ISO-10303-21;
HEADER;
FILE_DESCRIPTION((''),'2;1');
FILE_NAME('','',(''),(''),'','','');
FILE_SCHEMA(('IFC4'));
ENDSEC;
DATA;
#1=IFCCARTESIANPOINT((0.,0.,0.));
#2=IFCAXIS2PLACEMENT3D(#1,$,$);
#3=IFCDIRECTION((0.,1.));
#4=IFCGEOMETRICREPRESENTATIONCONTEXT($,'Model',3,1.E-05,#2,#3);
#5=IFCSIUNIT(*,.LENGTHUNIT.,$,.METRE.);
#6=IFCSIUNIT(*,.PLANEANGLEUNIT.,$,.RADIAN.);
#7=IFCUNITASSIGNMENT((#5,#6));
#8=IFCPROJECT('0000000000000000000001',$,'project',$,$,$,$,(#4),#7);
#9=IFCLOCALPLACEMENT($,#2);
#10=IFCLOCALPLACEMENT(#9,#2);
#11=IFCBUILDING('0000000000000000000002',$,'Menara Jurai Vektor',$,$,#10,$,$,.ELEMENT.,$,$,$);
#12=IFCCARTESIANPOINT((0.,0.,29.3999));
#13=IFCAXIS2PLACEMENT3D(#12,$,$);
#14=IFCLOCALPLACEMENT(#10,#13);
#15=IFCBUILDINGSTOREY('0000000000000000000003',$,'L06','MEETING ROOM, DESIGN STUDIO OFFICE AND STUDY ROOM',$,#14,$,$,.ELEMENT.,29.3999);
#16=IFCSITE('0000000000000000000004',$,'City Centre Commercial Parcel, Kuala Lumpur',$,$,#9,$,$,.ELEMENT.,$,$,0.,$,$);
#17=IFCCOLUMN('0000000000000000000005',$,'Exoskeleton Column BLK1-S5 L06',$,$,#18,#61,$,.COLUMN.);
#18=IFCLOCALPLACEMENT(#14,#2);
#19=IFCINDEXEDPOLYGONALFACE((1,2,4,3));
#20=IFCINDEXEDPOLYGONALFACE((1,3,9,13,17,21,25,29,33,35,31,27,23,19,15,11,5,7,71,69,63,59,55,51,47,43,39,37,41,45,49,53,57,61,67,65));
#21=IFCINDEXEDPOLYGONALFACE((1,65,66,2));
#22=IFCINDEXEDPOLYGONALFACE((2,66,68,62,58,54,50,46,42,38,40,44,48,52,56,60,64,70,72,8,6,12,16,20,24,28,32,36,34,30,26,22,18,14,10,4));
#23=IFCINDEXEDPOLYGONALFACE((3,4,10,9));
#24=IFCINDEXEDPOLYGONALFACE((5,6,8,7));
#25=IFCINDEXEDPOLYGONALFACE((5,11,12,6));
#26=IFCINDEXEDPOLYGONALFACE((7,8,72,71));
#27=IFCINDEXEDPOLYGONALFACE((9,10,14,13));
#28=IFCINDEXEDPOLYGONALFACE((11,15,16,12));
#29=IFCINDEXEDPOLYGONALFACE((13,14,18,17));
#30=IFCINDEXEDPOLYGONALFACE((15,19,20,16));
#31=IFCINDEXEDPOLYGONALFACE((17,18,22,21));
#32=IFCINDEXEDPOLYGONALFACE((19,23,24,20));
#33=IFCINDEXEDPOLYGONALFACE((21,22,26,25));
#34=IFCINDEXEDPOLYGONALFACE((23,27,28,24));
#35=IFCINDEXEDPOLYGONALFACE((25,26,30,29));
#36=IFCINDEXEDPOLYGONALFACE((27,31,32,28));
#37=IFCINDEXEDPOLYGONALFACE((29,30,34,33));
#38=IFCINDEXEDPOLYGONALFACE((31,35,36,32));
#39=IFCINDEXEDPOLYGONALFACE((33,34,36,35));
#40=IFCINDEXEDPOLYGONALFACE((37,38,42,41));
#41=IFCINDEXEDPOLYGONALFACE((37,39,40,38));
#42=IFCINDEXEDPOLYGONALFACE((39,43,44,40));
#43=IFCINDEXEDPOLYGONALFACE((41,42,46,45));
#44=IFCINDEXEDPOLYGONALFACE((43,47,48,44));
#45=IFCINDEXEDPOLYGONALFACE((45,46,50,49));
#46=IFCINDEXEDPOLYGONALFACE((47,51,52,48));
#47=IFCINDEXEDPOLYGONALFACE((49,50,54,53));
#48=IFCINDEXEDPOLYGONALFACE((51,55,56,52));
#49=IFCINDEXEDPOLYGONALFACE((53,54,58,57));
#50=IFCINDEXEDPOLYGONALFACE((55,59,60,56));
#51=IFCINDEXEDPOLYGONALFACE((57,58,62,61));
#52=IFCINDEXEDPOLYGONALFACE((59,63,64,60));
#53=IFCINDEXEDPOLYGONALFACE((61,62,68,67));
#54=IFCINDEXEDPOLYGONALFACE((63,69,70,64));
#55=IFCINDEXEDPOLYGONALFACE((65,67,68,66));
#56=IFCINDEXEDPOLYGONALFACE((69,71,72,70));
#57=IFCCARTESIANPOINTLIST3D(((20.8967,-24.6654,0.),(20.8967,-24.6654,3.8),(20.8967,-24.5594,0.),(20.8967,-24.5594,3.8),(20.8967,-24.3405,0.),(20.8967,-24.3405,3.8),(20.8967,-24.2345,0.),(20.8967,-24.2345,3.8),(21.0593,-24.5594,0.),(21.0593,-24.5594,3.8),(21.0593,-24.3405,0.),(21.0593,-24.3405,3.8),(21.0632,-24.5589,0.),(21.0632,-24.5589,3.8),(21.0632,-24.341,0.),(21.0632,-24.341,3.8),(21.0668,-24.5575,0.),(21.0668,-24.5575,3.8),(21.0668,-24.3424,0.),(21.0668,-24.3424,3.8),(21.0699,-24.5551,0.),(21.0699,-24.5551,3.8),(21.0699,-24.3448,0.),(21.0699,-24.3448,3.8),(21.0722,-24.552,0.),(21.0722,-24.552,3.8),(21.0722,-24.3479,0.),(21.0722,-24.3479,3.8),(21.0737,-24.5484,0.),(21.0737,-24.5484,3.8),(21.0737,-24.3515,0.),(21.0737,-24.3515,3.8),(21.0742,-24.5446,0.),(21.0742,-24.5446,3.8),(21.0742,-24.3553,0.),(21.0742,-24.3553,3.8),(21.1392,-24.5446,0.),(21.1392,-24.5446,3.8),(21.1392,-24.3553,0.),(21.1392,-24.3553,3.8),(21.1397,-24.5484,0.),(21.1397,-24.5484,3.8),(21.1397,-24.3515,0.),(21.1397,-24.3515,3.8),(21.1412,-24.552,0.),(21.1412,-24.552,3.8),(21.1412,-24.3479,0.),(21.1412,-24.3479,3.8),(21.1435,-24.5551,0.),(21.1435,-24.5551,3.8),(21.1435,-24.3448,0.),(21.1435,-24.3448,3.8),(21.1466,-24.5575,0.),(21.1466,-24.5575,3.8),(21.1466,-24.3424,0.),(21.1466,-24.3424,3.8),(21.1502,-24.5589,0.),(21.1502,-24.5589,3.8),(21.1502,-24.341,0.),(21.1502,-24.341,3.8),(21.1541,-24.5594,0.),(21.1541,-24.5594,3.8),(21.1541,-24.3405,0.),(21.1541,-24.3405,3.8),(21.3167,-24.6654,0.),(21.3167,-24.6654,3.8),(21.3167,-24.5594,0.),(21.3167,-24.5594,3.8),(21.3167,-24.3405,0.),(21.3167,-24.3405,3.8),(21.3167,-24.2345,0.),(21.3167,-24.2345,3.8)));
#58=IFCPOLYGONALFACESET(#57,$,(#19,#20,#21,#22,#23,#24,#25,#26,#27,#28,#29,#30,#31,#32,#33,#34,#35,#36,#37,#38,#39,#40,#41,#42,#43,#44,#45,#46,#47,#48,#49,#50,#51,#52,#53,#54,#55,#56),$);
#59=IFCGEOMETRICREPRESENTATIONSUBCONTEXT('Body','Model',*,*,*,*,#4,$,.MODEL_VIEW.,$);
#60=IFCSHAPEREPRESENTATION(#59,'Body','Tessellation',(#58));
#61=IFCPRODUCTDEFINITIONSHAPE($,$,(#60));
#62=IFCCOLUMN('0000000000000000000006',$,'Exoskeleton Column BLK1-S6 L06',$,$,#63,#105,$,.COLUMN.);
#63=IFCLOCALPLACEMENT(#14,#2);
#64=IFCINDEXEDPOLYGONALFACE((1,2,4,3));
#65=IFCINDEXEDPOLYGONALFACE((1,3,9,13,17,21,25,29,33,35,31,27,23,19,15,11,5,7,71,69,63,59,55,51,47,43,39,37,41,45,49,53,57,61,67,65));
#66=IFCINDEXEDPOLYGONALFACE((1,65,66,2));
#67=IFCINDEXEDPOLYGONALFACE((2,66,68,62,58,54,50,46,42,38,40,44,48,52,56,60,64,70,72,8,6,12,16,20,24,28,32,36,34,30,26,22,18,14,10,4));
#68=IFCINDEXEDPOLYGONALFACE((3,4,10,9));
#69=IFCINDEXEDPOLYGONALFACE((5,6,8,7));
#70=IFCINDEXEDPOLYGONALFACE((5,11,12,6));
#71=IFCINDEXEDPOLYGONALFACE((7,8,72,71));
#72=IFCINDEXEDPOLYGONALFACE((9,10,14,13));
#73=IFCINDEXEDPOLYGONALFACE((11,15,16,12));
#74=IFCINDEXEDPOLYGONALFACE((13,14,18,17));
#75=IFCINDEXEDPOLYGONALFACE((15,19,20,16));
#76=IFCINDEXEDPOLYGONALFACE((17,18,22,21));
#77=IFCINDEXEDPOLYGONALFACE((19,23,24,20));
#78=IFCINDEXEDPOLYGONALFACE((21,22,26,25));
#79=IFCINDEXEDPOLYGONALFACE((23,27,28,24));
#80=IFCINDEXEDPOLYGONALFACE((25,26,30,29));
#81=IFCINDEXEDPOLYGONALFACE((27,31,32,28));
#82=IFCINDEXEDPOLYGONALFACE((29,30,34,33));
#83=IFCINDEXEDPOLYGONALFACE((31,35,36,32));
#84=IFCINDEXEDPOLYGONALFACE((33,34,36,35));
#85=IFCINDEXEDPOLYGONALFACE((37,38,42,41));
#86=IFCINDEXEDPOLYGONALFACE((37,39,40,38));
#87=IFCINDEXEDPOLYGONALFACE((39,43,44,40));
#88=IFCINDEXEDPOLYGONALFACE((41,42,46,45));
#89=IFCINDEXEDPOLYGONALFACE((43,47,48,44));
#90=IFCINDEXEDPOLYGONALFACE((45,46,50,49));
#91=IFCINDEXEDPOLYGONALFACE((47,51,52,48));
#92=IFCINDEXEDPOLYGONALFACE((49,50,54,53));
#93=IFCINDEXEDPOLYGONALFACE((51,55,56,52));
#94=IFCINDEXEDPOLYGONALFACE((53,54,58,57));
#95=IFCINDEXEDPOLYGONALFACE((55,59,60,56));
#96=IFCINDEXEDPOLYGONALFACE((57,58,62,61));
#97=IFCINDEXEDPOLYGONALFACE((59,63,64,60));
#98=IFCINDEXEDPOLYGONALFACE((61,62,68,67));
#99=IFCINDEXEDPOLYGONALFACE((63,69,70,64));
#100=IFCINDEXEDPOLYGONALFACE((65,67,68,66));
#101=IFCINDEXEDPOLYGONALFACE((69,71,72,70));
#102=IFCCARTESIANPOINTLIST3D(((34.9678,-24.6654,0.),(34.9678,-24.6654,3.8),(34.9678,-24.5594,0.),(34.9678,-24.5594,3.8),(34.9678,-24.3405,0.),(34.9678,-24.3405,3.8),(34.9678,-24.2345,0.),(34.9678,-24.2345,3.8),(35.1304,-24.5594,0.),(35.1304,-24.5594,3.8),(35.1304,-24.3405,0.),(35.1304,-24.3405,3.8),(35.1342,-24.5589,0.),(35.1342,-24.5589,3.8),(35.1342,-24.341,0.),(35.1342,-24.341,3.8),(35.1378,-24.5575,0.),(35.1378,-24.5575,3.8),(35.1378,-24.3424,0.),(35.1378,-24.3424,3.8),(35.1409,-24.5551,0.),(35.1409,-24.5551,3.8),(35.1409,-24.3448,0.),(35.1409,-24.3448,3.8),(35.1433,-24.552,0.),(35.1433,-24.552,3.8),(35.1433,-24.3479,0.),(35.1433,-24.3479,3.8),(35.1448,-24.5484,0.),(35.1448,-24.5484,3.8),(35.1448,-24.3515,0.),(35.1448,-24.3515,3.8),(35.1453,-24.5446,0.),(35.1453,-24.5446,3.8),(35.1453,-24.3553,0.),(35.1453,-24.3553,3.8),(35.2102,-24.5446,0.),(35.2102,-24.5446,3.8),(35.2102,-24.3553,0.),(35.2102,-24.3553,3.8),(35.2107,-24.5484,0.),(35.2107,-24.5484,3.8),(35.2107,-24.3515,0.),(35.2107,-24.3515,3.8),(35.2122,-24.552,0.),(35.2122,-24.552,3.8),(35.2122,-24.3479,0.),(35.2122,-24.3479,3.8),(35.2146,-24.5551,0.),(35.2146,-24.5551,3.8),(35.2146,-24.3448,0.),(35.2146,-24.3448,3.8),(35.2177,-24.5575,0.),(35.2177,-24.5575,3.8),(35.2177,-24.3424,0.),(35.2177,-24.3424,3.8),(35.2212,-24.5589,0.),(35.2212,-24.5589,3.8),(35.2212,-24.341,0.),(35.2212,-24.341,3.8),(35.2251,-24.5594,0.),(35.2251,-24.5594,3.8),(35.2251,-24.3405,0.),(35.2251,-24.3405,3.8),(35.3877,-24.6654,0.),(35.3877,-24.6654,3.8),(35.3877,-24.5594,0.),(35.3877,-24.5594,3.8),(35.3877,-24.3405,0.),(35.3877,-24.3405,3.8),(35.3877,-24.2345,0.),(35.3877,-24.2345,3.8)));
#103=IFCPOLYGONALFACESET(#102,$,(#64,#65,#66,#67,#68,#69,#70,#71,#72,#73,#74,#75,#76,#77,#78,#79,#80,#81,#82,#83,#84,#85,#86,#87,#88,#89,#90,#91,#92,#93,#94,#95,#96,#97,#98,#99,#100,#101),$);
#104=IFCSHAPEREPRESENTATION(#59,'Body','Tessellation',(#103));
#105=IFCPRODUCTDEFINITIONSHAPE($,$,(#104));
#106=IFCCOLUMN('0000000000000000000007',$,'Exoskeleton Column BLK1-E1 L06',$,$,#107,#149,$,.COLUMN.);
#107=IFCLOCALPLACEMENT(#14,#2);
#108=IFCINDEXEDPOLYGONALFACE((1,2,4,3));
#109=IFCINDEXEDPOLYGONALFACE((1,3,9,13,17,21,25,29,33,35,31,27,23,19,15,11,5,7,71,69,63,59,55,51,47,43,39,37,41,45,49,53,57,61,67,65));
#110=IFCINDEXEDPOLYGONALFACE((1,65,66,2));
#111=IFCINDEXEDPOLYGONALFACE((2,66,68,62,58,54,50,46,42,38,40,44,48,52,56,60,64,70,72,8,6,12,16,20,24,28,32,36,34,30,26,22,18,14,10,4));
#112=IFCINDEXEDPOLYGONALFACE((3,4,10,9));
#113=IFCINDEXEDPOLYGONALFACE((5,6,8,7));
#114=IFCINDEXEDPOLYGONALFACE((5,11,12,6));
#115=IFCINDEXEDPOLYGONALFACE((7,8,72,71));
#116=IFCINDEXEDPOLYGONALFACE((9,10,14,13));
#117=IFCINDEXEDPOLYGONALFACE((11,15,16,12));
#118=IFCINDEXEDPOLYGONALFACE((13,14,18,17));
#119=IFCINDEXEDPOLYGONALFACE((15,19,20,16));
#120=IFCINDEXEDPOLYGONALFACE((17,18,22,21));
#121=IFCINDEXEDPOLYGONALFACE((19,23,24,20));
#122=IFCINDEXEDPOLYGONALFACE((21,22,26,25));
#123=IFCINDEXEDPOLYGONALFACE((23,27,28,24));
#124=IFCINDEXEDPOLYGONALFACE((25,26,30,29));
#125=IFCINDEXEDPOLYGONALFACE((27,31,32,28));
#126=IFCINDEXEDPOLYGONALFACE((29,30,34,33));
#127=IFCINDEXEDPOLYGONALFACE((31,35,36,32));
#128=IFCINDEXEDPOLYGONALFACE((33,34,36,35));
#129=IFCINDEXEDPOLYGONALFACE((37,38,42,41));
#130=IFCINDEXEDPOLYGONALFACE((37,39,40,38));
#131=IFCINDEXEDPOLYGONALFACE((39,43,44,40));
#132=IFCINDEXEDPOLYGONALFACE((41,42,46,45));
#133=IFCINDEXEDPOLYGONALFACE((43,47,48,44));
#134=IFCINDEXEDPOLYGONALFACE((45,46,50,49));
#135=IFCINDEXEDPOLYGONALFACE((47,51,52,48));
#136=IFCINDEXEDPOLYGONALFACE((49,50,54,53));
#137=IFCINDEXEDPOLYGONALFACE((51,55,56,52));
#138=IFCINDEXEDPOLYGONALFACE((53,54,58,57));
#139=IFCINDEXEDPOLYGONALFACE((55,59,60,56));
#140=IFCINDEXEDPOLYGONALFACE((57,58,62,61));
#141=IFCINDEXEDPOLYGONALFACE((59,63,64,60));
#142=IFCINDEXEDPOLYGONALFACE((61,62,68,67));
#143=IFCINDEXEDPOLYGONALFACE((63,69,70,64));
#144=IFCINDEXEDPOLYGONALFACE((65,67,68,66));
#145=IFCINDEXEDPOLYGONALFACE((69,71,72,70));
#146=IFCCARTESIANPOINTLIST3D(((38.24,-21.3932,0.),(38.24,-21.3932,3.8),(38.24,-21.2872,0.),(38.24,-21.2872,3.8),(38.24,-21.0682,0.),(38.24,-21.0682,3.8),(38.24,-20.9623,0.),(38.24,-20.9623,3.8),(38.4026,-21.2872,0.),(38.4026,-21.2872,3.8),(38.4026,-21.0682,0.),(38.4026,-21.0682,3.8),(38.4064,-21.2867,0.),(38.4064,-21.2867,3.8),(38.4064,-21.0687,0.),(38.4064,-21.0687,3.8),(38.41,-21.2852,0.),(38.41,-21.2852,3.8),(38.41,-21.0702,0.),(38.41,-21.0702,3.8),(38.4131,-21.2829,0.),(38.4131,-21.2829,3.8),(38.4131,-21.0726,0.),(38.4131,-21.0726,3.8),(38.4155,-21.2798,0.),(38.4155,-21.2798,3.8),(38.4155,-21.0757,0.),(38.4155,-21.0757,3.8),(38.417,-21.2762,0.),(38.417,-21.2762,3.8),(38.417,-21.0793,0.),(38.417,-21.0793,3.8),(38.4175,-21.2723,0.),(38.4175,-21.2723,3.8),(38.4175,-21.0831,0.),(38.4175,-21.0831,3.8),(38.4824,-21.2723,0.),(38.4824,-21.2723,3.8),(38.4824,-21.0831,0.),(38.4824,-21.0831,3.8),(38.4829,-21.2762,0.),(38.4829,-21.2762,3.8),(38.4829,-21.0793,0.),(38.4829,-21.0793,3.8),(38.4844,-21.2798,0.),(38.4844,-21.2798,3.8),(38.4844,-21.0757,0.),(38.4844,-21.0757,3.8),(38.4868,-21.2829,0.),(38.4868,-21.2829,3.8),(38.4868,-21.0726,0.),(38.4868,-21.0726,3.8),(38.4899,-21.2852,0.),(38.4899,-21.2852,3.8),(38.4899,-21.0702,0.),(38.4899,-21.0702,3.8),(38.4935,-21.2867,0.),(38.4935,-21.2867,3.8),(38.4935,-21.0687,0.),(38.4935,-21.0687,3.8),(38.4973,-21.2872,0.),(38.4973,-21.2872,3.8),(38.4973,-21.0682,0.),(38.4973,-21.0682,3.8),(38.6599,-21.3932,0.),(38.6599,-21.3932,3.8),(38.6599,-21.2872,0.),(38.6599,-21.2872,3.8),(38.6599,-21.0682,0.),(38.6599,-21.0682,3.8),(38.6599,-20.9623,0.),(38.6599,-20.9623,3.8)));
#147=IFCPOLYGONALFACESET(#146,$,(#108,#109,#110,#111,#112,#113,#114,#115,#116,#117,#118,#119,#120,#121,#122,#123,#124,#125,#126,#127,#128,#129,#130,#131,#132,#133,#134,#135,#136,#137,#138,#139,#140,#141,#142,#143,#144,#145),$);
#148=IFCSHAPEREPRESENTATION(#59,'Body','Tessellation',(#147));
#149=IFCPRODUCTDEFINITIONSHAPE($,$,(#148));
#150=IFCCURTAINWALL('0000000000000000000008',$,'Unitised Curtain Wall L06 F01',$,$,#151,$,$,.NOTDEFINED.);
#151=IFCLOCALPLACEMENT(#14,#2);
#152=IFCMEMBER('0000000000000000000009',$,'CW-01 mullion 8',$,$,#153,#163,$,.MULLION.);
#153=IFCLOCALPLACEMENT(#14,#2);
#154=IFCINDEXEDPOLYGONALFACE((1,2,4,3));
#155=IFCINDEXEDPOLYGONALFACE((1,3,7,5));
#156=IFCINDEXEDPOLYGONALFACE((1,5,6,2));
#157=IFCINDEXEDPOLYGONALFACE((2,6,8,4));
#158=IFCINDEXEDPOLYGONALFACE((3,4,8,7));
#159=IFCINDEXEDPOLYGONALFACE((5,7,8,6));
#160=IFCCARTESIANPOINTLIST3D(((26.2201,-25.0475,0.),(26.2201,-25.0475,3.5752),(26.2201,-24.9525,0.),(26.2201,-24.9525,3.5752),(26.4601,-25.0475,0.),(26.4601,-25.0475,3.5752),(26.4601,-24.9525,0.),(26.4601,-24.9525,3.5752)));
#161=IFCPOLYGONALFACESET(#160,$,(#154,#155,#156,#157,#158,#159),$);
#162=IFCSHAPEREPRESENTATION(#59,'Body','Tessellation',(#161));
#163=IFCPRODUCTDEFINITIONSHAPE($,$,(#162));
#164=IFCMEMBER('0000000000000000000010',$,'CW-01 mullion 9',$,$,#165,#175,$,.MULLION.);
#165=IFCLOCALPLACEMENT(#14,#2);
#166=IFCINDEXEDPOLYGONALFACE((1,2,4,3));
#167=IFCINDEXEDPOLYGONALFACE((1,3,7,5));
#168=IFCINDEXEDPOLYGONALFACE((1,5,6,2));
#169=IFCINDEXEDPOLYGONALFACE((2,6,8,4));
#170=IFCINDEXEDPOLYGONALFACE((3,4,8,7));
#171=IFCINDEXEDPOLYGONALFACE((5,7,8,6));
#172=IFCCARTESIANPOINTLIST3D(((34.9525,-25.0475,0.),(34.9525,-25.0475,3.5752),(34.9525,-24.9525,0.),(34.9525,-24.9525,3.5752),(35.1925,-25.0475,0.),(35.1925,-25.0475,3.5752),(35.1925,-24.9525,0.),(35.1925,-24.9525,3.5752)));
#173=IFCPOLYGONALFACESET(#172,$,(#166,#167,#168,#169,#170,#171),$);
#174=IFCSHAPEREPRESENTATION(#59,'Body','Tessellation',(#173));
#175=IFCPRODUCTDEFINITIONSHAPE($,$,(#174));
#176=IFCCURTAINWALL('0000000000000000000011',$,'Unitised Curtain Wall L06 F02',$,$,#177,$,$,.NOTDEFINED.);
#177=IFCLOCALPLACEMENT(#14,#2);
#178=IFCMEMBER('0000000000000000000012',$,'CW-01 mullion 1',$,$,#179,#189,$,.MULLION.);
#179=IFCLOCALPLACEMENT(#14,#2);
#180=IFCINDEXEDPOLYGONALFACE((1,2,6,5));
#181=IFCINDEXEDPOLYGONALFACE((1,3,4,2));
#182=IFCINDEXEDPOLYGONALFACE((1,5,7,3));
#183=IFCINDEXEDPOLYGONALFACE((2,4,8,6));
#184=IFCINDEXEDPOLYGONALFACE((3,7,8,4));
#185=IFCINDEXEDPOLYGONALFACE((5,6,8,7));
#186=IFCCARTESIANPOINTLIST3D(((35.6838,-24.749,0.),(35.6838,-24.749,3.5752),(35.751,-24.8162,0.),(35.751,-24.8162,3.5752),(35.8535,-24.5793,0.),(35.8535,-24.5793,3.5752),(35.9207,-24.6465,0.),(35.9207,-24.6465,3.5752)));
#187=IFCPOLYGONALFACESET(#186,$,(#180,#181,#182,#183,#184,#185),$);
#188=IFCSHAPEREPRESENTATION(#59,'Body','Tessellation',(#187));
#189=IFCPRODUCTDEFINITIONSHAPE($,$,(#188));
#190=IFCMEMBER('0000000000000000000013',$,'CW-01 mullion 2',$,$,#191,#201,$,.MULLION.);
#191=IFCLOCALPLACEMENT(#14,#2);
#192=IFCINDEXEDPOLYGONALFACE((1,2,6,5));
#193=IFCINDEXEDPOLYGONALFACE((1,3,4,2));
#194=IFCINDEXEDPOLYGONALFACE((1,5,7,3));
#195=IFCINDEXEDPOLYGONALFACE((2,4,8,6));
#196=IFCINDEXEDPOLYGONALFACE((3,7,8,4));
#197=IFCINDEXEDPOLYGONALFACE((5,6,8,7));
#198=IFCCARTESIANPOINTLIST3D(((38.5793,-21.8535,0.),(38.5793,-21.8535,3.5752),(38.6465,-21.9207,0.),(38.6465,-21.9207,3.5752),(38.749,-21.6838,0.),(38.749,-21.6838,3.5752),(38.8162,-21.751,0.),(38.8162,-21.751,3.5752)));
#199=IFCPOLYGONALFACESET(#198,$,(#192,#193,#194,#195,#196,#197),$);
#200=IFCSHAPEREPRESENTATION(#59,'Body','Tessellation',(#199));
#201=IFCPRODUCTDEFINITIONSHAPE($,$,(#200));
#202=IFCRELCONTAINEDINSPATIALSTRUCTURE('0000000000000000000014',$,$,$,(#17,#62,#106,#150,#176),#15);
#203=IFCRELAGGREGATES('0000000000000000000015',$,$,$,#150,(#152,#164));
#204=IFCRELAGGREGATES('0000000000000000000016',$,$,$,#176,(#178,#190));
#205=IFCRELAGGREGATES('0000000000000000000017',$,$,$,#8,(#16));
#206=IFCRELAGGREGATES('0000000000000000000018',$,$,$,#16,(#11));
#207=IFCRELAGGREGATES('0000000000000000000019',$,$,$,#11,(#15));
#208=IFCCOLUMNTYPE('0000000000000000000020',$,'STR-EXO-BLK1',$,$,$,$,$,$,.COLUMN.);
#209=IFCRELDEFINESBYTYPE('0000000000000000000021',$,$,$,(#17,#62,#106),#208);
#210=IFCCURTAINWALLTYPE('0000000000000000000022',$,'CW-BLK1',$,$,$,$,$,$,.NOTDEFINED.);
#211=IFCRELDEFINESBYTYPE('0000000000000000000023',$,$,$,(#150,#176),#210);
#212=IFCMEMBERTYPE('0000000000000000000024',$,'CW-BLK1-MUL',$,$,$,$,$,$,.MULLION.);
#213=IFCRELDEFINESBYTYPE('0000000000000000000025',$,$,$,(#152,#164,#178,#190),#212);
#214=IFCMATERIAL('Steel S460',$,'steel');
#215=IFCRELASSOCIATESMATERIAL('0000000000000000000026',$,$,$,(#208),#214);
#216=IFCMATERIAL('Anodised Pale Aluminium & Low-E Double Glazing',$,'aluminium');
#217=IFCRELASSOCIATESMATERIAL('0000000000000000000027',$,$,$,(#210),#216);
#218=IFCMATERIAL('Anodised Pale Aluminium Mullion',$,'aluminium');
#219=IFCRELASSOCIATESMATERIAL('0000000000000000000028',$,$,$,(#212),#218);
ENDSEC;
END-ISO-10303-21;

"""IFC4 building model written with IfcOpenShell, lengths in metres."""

from ifc_helpers import new_model, si_unit, direction, frame, origin, origin_2d, place, context, subcontext, project, spatial, rectangle, i_section, extrude, material, material_profile, profile_set, type_object, element, aggregate, save


model = new_model("IFC4")

# Units and contexts
model_context = context("Model", 3, precision=1e-05, world=origin(), true_north=direction((0.0, 1.0)))
body_context = subcontext(model_context, "Body", "Model", "MODEL_VIEW")
ifc_project = project(units=[si_unit("LENGTHUNIT", "METRE"), si_unit("PLANEANGLEUNIT", "RADIAN")], contexts=[model_context])

# Site, building, storey
site_placement = place(None, origin())
site = spatial("IfcSite", under=ifc_project, at=site_placement, Name="City Centre Commercial Parcel, Kuala Lumpur", CompositionType="ELEMENT", RefElevation=0.0)
building_placement = place(site_placement, origin())
building = spatial("IfcBuilding", under=site, at=building_placement, Name="Menara Jurai Vektor", CompositionType="ELEMENT")
storey_placement = place(building_placement, frame((0.0, 0.0, 29.3999)))
storey = spatial("IfcBuildingStorey", under=building, at=storey_placement, Name="L06", Description="MEETING ROOM, DESIGN STUDIO OFFICE AND STUDY ROOM", CompositionType="ELEMENT", Elevation=29.3999)

# Columns
ifc_material_1 = material(Name="Steel S460", Category="steel")
ifc_material_profile_1 = material_profile(ifc_material_1, i_section(OverallWidth=0.4199, OverallDepth=0.4309, WebThickness=0.0649, FlangeThickness=0.106, FilletRadius=0.0149, at=origin_2d()), Name="HD 400x900")
ifc_profile_set_1 = profile_set([ifc_material_profile_1], Name="Steel S460")
column_type = type_object("IfcColumnType", Name="STR-EXO-BLK1", PredefinedType="COLUMN", material=ifc_profile_set_1)
for number, where, z_axis, x_axis, name in (
    (1, (21.1067, -24.45, 0.0), (0.0, 0.0, 1.0), (1.0, 0.0, 0.0), "Exoskeleton Column BLK1-S5 L06"),
    (2, (35.1777, -24.45, 0.0), (0.0, 0.0, 1.0), (1.0, 0.0, 0.0), "Exoskeleton Column BLK1-S6 L06"),
    (3, (38.45, -21.1777, 0.0), (0.0, 0.0, 1.0), (1.0, 0.0, 0.0), "Exoskeleton Column BLK1-E1 L06"),
):
    element("IfcColumn", number, at=place(storey_placement, frame(where, z_axis=z_axis, x_axis=x_axis)), inside=storey, type_object=column_type, Name=name, PredefinedType="COLUMN", context=body_context, shape_type="SweptSolid", body=[
        extrude(i_section(OverallWidth=0.4199, OverallDepth=0.4309, WebThickness=0.0649, FlangeThickness=0.106, FilletRadius=0.0149, at=origin_2d()), origin(), (0.0, 0.0, 1.0), 3.8),
    ])

# Curtain walls, members
ifc_material_2 = material(Name="Anodised Pale Aluminium & Low-E Double Glazing", Category="aluminium")
curtain_wall_type = type_object("IfcCurtainWallType", Name="CW-BLK1", PredefinedType="NOTDEFINED", material=ifc_material_2)
curtain_wall_1_placement = place(storey_placement, origin())
curtain_wall_1 = element("IfcCurtainWall", 4, at=curtain_wall_1_placement, inside=storey, type_object=curtain_wall_type, Name="Unitised Curtain Wall L06 F01", PredefinedType="NOTDEFINED")
ifc_material_3 = material(Name="Anodised Pale Aluminium Mullion", Category="aluminium")
ifc_material_profile_2 = material_profile(ifc_material_3, rectangle(XDim=0.095, YDim=0.24, at=origin_2d()), Name="ALU MUL 95x240")
ifc_profile_set_2 = profile_set([ifc_material_profile_2], Name="Anodised Pale Aluminium Mullion")
member_type_1 = type_object("IfcMemberType", Name="CW-BLK1-MUL", PredefinedType="MULLION", material=ifc_profile_set_2)
member_1_placement = place(storey_placement, frame((26.3401, -25.0, 0.0), z_axis=(0.0, 0.0, 1.0), x_axis=(0.0, 1.0, 0.0)))
member_1 = element("IfcMember", 5, at=member_1_placement, type_object=member_type_1, Name="CW-01 mullion 8", PredefinedType="MULLION", context=body_context, shape_type="SweptSolid", body=[
    extrude(rectangle(XDim=0.095, YDim=0.24, at=origin_2d()), origin(), (0.0, 0.0, 1.0), 3.5752),
])
member_2_placement = place(storey_placement, frame((35.0725, -25.0, 0.0), z_axis=(0.0, 0.0, 1.0), x_axis=(0.0, 1.0, 0.0)))
member_2 = element("IfcMember", 6, at=member_2_placement, type_object=member_type_1, Name="CW-01 mullion 9", PredefinedType="MULLION", context=body_context, shape_type="SweptSolid", body=[
    extrude(rectangle(XDim=0.095, YDim=0.24, at=origin_2d()), origin(), (0.0, 0.0, 1.0), 3.5752),
])
curtain_wall_2_placement = place(storey_placement, origin())
curtain_wall_2 = element("IfcCurtainWall", 7, at=curtain_wall_2_placement, inside=storey, type_object=curtain_wall_type, Name="Unitised Curtain Wall L06 F02", PredefinedType="NOTDEFINED")
member_3_placement = place(storey_placement, frame((35.8022, -24.6978, 0.0), z_axis=(0.0, 0.0, 1.0), x_axis=(-0.707107, 0.707107, 0.0)))
member_3 = element("IfcMember", 8, at=member_3_placement, type_object=member_type_1, Name="CW-01 mullion 1", PredefinedType="MULLION", context=body_context, shape_type="SweptSolid", body=[
    extrude(rectangle(XDim=0.095, YDim=0.24, at=origin_2d()), origin(), (0.0, 0.0, 1.0), 3.5752),
])
member_4_placement = place(storey_placement, frame((38.6978, -21.8022, 0.0), z_axis=(0.0, 0.0, 1.0), x_axis=(-0.707107, 0.707107, 0.0)))
member_4 = element("IfcMember", 9, at=member_4_placement, type_object=member_type_1, Name="CW-01 mullion 2", PredefinedType="MULLION", context=body_context, shape_type="SweptSolid", body=[
    extrude(rectangle(XDim=0.095, YDim=0.24, at=origin_2d()), origin(), (0.0, 0.0, 1.0), 3.5752),
])

aggregate(curtain_wall_1, [member_1, member_2])
aggregate(curtain_wall_2, [member_3, member_4])

save(model, "model.ifc")
